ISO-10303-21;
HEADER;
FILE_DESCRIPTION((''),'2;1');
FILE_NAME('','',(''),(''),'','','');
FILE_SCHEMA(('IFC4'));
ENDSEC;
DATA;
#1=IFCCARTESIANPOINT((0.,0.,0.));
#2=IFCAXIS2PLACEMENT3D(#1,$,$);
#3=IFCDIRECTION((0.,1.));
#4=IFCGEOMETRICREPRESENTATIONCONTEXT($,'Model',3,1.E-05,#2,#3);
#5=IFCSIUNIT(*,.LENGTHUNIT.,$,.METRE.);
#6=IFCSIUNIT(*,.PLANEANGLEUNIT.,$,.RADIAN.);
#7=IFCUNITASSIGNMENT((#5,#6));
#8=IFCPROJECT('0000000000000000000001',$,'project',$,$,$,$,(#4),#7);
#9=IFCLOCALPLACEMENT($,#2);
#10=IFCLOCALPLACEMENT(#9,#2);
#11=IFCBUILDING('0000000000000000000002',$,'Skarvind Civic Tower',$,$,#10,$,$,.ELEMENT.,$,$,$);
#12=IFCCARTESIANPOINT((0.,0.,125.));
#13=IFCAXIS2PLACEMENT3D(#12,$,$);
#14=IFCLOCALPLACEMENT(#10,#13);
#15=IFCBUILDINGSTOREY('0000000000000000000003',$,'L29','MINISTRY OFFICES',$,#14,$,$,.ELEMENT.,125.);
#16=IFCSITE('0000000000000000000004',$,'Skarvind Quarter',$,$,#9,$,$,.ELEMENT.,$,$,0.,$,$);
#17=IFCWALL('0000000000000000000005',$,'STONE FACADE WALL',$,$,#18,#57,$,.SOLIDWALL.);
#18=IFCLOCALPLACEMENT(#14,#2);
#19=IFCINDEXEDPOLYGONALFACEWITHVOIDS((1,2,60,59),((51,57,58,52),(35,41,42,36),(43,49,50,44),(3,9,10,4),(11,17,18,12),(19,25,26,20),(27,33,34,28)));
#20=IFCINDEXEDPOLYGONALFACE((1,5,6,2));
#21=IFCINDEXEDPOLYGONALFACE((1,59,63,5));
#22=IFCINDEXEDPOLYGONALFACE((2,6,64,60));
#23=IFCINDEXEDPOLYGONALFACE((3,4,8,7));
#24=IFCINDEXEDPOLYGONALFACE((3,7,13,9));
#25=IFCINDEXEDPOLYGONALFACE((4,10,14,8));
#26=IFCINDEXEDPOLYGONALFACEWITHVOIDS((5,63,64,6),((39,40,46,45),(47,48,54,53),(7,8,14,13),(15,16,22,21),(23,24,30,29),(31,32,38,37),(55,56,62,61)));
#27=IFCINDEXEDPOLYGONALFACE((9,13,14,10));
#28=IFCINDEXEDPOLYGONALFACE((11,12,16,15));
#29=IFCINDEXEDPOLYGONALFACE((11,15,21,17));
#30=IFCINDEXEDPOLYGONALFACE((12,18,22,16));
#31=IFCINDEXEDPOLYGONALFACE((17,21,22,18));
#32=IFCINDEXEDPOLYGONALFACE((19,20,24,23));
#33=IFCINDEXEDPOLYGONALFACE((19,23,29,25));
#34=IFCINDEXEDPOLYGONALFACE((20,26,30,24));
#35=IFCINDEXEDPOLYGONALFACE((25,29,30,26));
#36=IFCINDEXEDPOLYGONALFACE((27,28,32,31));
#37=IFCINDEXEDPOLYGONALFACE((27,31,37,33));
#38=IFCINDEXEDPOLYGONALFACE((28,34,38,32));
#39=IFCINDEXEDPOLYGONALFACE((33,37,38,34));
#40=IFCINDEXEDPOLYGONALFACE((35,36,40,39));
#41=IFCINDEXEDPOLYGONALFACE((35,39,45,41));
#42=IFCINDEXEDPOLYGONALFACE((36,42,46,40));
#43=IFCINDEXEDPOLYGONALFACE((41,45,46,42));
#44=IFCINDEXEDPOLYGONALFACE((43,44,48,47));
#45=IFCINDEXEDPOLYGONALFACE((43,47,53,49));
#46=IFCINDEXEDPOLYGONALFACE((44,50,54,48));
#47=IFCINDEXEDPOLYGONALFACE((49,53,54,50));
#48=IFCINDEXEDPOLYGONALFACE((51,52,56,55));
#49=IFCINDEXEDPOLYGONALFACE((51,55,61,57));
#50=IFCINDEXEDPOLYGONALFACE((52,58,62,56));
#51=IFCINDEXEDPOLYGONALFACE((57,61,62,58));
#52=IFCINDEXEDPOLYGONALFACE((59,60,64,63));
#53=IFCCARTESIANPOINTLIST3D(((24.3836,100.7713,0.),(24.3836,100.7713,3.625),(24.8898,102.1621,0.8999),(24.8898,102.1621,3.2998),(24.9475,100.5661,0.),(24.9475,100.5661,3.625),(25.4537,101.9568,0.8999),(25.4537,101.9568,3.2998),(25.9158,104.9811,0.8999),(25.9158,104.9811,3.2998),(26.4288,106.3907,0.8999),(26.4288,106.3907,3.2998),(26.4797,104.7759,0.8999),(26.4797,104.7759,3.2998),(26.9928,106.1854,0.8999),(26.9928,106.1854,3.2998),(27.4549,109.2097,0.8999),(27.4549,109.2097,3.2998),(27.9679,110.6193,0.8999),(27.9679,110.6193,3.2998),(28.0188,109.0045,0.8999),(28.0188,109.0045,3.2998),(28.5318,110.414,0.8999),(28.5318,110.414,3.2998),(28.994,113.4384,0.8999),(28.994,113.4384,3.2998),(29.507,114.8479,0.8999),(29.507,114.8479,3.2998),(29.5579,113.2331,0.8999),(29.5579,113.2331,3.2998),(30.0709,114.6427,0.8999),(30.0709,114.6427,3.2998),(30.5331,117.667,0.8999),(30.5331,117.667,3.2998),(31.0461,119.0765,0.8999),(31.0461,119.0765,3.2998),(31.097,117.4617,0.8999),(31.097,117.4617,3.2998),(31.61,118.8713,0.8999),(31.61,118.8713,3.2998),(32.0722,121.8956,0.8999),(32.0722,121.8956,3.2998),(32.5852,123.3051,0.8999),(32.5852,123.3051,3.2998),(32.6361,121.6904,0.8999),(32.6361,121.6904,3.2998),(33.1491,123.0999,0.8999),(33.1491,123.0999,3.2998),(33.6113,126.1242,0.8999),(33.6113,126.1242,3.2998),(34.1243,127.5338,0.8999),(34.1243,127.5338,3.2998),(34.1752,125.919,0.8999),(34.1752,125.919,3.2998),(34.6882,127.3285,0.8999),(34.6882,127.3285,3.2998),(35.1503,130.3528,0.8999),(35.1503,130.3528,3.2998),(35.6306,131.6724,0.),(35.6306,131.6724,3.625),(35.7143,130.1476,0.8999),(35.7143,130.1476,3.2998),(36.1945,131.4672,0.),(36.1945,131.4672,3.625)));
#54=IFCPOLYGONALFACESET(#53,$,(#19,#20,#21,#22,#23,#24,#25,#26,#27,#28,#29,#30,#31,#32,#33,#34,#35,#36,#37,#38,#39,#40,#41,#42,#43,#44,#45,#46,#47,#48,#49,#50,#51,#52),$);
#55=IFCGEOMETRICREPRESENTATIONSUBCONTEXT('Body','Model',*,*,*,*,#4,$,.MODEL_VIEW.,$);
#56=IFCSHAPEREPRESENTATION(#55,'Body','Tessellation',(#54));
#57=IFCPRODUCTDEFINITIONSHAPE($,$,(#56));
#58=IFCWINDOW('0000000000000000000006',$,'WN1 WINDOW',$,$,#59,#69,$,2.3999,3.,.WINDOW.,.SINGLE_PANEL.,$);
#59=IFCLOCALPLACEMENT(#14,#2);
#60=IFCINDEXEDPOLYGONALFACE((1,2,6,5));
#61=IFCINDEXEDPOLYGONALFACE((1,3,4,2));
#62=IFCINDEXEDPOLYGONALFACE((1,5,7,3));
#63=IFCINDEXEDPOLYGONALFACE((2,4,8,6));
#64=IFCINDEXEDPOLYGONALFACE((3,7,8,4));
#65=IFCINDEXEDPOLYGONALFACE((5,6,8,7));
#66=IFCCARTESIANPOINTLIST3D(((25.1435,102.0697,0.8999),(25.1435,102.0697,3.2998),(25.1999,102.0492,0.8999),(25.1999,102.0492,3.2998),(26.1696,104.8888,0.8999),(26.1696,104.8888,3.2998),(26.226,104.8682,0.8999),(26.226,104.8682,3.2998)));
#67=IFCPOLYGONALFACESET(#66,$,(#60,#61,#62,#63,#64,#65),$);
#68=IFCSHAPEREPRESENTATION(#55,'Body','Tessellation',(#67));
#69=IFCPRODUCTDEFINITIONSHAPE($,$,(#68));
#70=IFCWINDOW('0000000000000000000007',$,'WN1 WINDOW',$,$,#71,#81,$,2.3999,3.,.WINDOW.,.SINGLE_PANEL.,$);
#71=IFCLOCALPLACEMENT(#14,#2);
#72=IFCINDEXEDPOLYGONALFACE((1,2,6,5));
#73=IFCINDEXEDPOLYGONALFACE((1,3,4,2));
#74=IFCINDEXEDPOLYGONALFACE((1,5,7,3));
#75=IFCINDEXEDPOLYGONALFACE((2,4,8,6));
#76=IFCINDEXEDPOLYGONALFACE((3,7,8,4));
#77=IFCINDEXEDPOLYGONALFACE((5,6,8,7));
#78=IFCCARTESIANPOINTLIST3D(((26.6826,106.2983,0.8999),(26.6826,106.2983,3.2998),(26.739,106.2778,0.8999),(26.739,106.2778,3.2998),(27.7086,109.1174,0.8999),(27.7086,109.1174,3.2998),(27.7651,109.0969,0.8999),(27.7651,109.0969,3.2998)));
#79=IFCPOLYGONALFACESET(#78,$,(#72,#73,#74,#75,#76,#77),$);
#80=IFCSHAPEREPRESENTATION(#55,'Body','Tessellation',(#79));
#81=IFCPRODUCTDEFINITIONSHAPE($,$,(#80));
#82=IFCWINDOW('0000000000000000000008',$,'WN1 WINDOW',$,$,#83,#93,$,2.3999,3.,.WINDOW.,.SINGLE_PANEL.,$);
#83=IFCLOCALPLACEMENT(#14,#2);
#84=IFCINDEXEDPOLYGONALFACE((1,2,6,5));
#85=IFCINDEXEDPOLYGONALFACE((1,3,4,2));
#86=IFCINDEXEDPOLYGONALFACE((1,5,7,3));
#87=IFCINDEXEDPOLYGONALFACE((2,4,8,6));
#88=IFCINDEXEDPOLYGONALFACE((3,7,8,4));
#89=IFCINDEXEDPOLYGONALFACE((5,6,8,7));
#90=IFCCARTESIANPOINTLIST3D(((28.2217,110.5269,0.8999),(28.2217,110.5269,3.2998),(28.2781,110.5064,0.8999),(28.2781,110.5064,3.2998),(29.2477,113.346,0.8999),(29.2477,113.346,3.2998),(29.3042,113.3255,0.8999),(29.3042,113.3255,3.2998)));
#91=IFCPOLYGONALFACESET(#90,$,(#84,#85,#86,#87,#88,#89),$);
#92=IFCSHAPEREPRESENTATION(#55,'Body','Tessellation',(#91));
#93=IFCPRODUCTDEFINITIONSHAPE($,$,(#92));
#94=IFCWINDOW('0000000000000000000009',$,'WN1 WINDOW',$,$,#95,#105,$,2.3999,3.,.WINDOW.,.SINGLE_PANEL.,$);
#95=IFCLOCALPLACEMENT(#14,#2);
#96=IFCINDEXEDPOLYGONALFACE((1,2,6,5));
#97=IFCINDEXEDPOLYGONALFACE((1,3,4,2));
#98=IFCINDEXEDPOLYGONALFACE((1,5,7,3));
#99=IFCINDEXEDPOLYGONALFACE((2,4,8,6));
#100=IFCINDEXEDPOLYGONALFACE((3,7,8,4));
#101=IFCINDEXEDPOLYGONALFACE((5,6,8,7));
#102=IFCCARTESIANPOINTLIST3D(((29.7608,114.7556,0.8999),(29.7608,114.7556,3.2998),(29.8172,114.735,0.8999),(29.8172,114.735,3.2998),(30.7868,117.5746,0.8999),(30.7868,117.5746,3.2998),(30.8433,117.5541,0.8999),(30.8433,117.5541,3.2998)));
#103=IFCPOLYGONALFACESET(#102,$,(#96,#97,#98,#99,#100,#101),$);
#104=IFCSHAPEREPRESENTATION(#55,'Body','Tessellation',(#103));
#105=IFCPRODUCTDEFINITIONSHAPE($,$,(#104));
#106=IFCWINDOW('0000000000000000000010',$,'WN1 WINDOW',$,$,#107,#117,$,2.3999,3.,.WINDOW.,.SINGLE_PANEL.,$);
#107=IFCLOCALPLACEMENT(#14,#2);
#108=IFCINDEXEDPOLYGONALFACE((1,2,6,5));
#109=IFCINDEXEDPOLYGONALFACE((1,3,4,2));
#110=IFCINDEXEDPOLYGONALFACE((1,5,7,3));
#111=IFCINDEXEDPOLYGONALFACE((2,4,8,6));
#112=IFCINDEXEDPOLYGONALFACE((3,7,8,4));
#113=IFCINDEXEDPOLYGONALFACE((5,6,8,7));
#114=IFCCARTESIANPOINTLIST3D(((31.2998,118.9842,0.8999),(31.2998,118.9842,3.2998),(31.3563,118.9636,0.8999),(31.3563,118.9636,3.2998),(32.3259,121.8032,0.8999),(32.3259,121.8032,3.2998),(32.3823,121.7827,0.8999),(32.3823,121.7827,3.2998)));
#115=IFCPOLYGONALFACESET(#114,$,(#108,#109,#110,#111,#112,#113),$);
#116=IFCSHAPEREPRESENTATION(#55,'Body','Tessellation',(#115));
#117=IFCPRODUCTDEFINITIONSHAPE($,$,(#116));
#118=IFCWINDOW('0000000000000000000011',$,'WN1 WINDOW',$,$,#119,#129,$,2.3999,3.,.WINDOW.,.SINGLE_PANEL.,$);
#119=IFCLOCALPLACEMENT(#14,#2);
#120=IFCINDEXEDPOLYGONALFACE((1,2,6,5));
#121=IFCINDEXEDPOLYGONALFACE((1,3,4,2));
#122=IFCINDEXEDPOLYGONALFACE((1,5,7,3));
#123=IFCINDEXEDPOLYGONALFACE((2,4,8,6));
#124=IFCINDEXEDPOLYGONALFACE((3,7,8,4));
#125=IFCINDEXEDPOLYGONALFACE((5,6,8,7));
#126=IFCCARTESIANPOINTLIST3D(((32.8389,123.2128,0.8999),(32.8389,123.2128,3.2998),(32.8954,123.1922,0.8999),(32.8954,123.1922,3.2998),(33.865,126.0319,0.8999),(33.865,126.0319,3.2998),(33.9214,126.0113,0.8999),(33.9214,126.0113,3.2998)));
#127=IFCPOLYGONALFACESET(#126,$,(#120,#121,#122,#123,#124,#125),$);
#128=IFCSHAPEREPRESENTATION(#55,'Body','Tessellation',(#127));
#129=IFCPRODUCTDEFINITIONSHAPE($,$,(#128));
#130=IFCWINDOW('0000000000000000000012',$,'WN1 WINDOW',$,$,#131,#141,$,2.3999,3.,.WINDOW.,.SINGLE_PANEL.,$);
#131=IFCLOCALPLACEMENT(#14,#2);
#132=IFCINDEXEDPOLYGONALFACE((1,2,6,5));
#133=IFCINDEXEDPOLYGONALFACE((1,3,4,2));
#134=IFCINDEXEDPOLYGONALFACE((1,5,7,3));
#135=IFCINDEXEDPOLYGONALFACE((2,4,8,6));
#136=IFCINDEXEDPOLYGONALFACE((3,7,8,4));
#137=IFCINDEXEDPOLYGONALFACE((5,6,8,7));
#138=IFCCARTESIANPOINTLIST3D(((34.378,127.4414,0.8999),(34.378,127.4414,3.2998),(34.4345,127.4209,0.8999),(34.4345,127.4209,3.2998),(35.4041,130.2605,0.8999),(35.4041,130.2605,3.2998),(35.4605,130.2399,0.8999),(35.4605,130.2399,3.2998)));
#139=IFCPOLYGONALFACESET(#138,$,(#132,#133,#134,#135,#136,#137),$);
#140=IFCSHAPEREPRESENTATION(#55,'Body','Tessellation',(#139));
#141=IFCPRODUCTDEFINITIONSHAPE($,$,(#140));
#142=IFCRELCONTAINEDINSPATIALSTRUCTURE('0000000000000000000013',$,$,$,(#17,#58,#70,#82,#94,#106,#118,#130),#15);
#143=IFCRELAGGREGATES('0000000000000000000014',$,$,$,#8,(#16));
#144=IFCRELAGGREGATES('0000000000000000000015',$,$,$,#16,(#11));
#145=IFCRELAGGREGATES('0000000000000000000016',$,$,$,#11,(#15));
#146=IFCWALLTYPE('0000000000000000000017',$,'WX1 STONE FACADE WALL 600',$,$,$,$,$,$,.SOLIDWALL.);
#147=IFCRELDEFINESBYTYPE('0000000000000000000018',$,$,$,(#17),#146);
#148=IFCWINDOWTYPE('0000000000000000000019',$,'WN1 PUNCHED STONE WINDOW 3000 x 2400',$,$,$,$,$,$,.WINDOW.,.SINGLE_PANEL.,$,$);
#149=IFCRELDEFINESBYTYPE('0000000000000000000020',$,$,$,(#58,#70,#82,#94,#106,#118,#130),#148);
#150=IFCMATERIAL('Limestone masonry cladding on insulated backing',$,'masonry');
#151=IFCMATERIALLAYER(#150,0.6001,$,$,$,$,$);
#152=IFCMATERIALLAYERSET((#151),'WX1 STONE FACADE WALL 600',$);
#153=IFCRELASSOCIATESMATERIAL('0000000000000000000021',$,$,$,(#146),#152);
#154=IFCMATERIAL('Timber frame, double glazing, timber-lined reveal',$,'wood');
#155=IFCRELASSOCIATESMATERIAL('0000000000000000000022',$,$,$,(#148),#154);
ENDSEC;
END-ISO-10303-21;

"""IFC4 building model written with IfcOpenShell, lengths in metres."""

from ifc_helpers import new_model, si_unit, direction, frame, frame_2d, origin, place, context, subcontext, project, spatial, rectangle, extrude, material, layer, layer_set, type_object, element, fill, save


model = new_model("IFC4")

# Units and contexts
model_context = context("Model", 3, precision=1e-05, world=origin(), true_north=direction((0.0, 1.0)))
body_context = subcontext(model_context, "Body", "Model", "MODEL_VIEW")
ifc_project = project(units=[si_unit("LENGTHUNIT", "METRE"), si_unit("PLANEANGLEUNIT", "RADIAN")], contexts=[model_context])

# Site, building, storey
site_placement = place(None, origin())
site = spatial("IfcSite", under=ifc_project, at=site_placement, Name="Skarvind Quarter", CompositionType="ELEMENT", RefElevation=0.0)
building_placement = place(site_placement, origin())
building = spatial("IfcBuilding", under=site, at=building_placement, Name="Skarvind Civic Tower", CompositionType="ELEMENT")
storey_placement = place(building_placement, frame((0.0, 0.0, 125.0)))
storey = spatial("IfcBuildingStorey", under=building, at=storey_placement, Name="L29", Description="MINISTRY OFFICES", CompositionType="ELEMENT", Elevation=125.0)

# Wall, openings, windows
ifc_material_1 = material(Name="Limestone masonry cladding on insulated backing", Category="masonry")
ifc_layer_1 = layer(ifc_material_1, 0.6001)
ifc_layer_set_1 = layer_set([ifc_layer_1], Name="WX1 STONE FACADE WALL 600")
wall_type_1 = type_object("IfcWallType", Name="WX1 STONE FACADE WALL 600", PredefinedType="SOLIDWALL", material=ifc_layer_set_1)
wall_1_placement = place(storey_placement, frame((24.6655, 100.6687, 0.0), z_axis=(0.0, 0.0, 1.0), x_axis=(0.34202, 0.939693, 0.0)))
wall_1 = element("IfcWall", 1, at=wall_1_placement, inside=storey, type_object=wall_type_1, Name="STONE FACADE WALL", PredefinedType="SOLIDWALL", context=body_context, shape_type="SweptSolid", body=[
    extrude(rectangle(XDim=32.8843, YDim=0.6001, at=frame_2d((16.4421, 0.0))), origin(), (0.0, 0.0, 1.0), 3.625),
])
opening_1_placement = place(wall_1_placement, frame((1.48, 0.0, 0.8999)))
opening_1 = element("IfcOpeningElement", 2, at=opening_1_placement, cuts=wall_1, PredefinedType="OPENING", context=body_context, shape_type="SweptSolid", body=[
    extrude(rectangle(XDim=3.0, YDim=2.3999, at=frame_2d((1.5, 1.2))), frame((0.0, 0.3101, 0.0), z_axis=(0.0, -1.0, 0.0), x_axis=(1.0, 0.0, 0.0)), (0.0, 0.0, 1.0), 0.6201),
])
opening_2_placement = place(wall_1_placement, frame((5.98, 0.0, 0.8999)))
opening_2 = element("IfcOpeningElement", 3, at=opening_2_placement, cuts=wall_1, PredefinedType="OPENING", context=body_context, shape_type="SweptSolid", body=[
    extrude(rectangle(XDim=3.0, YDim=2.3999, at=frame_2d((1.5, 1.2))), frame((0.0, 0.3101, 0.0), z_axis=(0.0, -1.0, 0.0), x_axis=(1.0, 0.0, 0.0)), (0.0, 0.0, 1.0), 0.6201),
])
opening_3_placement = place(wall_1_placement, frame((10.48, 0.0, 0.8999)))
opening_3 = element("IfcOpeningElement", 4, at=opening_3_placement, cuts=wall_1, PredefinedType="OPENING", context=body_context, shape_type="SweptSolid", body=[
    extrude(rectangle(XDim=3.0, YDim=2.3999, at=frame_2d((1.5, 1.2))), frame((0.0, 0.3101, 0.0), z_axis=(0.0, -1.0, 0.0), x_axis=(1.0, 0.0, 0.0)), (0.0, 0.0, 1.0), 0.6201),
])
opening_4_placement = place(wall_1_placement, frame((14.98, 0.0, 0.8999)))
opening_4 = element("IfcOpeningElement", 5, at=opening_4_placement, cuts=wall_1, PredefinedType="OPENING", context=body_context, shape_type="SweptSolid", body=[
    extrude(rectangle(XDim=3.0, YDim=2.3999, at=frame_2d((1.5, 1.2))), frame((0.0, 0.3101, 0.0), z_axis=(0.0, -1.0, 0.0), x_axis=(1.0, 0.0, 0.0)), (0.0, 0.0, 1.0), 0.6201),
])
opening_5_placement = place(wall_1_placement, frame((19.48, 0.0, 0.8999)))
opening_5 = element("IfcOpeningElement", 6, at=opening_5_placement, cuts=wall_1, PredefinedType="OPENING", context=body_context, shape_type="SweptSolid", body=[
    extrude(rectangle(XDim=3.0, YDim=2.3999, at=frame_2d((1.5, 1.2))), frame((0.0, 0.3101, 0.0), z_axis=(0.0, -1.0, 0.0), x_axis=(1.0, 0.0, 0.0)), (0.0, 0.0, 1.0), 0.6201),
])
opening_6_placement = place(wall_1_placement, frame((23.98, 0.0, 0.8999)))
opening_6 = element("IfcOpeningElement", 7, at=opening_6_placement, cuts=wall_1, PredefinedType="OPENING", context=body_context, shape_type="SweptSolid", body=[
    extrude(rectangle(XDim=3.0, YDim=2.3999, at=frame_2d((1.5, 1.2))), frame((0.0, 0.3101, 0.0), z_axis=(0.0, -1.0, 0.0), x_axis=(1.0, 0.0, 0.0)), (0.0, 0.0, 1.0), 0.6201),
])
opening_7_placement = place(wall_1_placement, frame((28.48, 0.0, 0.8999)))
opening_7 = element("IfcOpeningElement", 8, at=opening_7_placement, cuts=wall_1, PredefinedType="OPENING", context=body_context, shape_type="SweptSolid", body=[
    extrude(rectangle(XDim=3.0, YDim=2.3999, at=frame_2d((1.5, 1.2))), frame((0.0, 0.3101, 0.0), z_axis=(0.0, -1.0, 0.0), x_axis=(1.0, 0.0, 0.0)), (0.0, 0.0, 1.0), 0.6201),
])
ifc_material_2 = material(Name="Timber frame, double glazing, timber-lined reveal", Category="wood")
window_type = type_object("IfcWindowType", Name="WN1 PUNCHED STONE WINDOW 3000 x 2400", PartitioningType="SINGLE_PANEL", PredefinedType="WINDOW", material=ifc_material_2)
window_1_placement = place(opening_1_placement, origin())
window_1 = element("IfcWindow", 9, at=window_1_placement, inside=storey, type_object=window_type, Name="WN1 WINDOW", OverallHeight=2.3999, OverallWidth=3.0, PartitioningType="SINGLE_PANEL", PredefinedType="WINDOW", context=body_context, shape_type="SweptSolid", body=[
    extrude(rectangle(XDim=3.0, YDim=2.3999, at=frame_2d((1.5, 1.2))), frame((0.0, 0.03, 0.0), z_axis=(0.0, -1.0, 0.0), x_axis=(1.0, 0.0, 0.0)), (0.0, 0.0, 1.0), 0.0601),
])
fill(opening_1, window_1)
window_2_placement = place(opening_2_placement, origin())
window_2 = element("IfcWindow", 10, at=window_2_placement, inside=storey, type_object=window_type, Name="WN1 WINDOW", OverallHeight=2.3999, OverallWidth=3.0, PartitioningType="SINGLE_PANEL", PredefinedType="WINDOW", context=body_context, shape_type="SweptSolid", body=[
    extrude(rectangle(XDim=3.0, YDim=2.3999, at=frame_2d((1.5, 1.2))), frame((0.0, 0.03, 0.0), z_axis=(0.0, -1.0, 0.0), x_axis=(1.0, 0.0, 0.0)), (0.0, 0.0, 1.0), 0.0601),
])
fill(opening_2, window_2)
window_3_placement = place(opening_3_placement, origin())
window_3 = element("IfcWindow", 11, at=window_3_placement, inside=storey, type_object=window_type, Name="WN1 WINDOW", OverallHeight=2.3999, OverallWidth=3.0, PartitioningType="SINGLE_PANEL", PredefinedType="WINDOW", context=body_context, shape_type="SweptSolid", body=[
    extrude(rectangle(XDim=3.0, YDim=2.3999, at=frame_2d((1.5, 1.2))), frame((0.0, 0.03, 0.0), z_axis=(0.0, -1.0, 0.0), x_axis=(1.0, 0.0, 0.0)), (0.0, 0.0, 1.0), 0.0601),
])
fill(opening_3, window_3)
window_4_placement = place(opening_4_placement, origin())
window_4 = element("IfcWindow", 12, at=window_4_placement, inside=storey, type_object=window_type, Name="WN1 WINDOW", OverallHeight=2.3999, OverallWidth=3.0, PartitioningType="SINGLE_PANEL", PredefinedType="WINDOW", context=body_context, shape_type="SweptSolid", body=[
    extrude(rectangle(XDim=3.0, YDim=2.3999, at=frame_2d((1.5, 1.2))), frame((0.0, 0.03, 0.0), z_axis=(0.0, -1.0, 0.0), x_axis=(1.0, 0.0, 0.0)), (0.0, 0.0, 1.0), 0.0601),
])
fill(opening_4, window_4)
window_5_placement = place(opening_5_placement, origin())
window_5 = element("IfcWindow", 13, at=window_5_placement, inside=storey, type_object=window_type, Name="WN1 WINDOW", OverallHeight=2.3999, OverallWidth=3.0, PartitioningType="SINGLE_PANEL", PredefinedType="WINDOW", context=body_context, shape_type="SweptSolid", body=[
    extrude(rectangle(XDim=3.0, YDim=2.3999, at=frame_2d((1.5, 1.2))), frame((0.0, 0.03, 0.0), z_axis=(0.0, -1.0, 0.0), x_axis=(1.0, 0.0, 0.0)), (0.0, 0.0, 1.0), 0.0601),
])
fill(opening_5, window_5)
window_6_placement = place(opening_6_placement, origin())
window_6 = element("IfcWindow", 14, at=window_6_placement, inside=storey, type_object=window_type, Name="WN1 WINDOW", OverallHeight=2.3999, OverallWidth=3.0, PartitioningType="SINGLE_PANEL", PredefinedType="WINDOW", context=body_context, shape_type="SweptSolid", body=[
    extrude(rectangle(XDim=3.0, YDim=2.3999, at=frame_2d((1.5, 1.2))), frame((0.0, 0.03, 0.0), z_axis=(0.0, -1.0, 0.0), x_axis=(1.0, 0.0, 0.0)), (0.0, 0.0, 1.0), 0.0601),
])
fill(opening_6, window_6)
window_7_placement = place(opening_7_placement, origin())
window_7 = element("IfcWindow", 15, at=window_7_placement, inside=storey, type_object=window_type, Name="WN1 WINDOW", OverallHeight=2.3999, OverallWidth=3.0, PartitioningType="SINGLE_PANEL", PredefinedType="WINDOW", context=body_context, shape_type="SweptSolid", body=[
    extrude(rectangle(XDim=3.0, YDim=2.3999, at=frame_2d((1.5, 1.2))), frame((0.0, 0.03, 0.0), z_axis=(0.0, -1.0, 0.0), x_axis=(1.0, 0.0, 0.0)), (0.0, 0.0, 1.0), 0.0601),
])
fill(opening_7, window_7)

save(model, "model.ifc")
